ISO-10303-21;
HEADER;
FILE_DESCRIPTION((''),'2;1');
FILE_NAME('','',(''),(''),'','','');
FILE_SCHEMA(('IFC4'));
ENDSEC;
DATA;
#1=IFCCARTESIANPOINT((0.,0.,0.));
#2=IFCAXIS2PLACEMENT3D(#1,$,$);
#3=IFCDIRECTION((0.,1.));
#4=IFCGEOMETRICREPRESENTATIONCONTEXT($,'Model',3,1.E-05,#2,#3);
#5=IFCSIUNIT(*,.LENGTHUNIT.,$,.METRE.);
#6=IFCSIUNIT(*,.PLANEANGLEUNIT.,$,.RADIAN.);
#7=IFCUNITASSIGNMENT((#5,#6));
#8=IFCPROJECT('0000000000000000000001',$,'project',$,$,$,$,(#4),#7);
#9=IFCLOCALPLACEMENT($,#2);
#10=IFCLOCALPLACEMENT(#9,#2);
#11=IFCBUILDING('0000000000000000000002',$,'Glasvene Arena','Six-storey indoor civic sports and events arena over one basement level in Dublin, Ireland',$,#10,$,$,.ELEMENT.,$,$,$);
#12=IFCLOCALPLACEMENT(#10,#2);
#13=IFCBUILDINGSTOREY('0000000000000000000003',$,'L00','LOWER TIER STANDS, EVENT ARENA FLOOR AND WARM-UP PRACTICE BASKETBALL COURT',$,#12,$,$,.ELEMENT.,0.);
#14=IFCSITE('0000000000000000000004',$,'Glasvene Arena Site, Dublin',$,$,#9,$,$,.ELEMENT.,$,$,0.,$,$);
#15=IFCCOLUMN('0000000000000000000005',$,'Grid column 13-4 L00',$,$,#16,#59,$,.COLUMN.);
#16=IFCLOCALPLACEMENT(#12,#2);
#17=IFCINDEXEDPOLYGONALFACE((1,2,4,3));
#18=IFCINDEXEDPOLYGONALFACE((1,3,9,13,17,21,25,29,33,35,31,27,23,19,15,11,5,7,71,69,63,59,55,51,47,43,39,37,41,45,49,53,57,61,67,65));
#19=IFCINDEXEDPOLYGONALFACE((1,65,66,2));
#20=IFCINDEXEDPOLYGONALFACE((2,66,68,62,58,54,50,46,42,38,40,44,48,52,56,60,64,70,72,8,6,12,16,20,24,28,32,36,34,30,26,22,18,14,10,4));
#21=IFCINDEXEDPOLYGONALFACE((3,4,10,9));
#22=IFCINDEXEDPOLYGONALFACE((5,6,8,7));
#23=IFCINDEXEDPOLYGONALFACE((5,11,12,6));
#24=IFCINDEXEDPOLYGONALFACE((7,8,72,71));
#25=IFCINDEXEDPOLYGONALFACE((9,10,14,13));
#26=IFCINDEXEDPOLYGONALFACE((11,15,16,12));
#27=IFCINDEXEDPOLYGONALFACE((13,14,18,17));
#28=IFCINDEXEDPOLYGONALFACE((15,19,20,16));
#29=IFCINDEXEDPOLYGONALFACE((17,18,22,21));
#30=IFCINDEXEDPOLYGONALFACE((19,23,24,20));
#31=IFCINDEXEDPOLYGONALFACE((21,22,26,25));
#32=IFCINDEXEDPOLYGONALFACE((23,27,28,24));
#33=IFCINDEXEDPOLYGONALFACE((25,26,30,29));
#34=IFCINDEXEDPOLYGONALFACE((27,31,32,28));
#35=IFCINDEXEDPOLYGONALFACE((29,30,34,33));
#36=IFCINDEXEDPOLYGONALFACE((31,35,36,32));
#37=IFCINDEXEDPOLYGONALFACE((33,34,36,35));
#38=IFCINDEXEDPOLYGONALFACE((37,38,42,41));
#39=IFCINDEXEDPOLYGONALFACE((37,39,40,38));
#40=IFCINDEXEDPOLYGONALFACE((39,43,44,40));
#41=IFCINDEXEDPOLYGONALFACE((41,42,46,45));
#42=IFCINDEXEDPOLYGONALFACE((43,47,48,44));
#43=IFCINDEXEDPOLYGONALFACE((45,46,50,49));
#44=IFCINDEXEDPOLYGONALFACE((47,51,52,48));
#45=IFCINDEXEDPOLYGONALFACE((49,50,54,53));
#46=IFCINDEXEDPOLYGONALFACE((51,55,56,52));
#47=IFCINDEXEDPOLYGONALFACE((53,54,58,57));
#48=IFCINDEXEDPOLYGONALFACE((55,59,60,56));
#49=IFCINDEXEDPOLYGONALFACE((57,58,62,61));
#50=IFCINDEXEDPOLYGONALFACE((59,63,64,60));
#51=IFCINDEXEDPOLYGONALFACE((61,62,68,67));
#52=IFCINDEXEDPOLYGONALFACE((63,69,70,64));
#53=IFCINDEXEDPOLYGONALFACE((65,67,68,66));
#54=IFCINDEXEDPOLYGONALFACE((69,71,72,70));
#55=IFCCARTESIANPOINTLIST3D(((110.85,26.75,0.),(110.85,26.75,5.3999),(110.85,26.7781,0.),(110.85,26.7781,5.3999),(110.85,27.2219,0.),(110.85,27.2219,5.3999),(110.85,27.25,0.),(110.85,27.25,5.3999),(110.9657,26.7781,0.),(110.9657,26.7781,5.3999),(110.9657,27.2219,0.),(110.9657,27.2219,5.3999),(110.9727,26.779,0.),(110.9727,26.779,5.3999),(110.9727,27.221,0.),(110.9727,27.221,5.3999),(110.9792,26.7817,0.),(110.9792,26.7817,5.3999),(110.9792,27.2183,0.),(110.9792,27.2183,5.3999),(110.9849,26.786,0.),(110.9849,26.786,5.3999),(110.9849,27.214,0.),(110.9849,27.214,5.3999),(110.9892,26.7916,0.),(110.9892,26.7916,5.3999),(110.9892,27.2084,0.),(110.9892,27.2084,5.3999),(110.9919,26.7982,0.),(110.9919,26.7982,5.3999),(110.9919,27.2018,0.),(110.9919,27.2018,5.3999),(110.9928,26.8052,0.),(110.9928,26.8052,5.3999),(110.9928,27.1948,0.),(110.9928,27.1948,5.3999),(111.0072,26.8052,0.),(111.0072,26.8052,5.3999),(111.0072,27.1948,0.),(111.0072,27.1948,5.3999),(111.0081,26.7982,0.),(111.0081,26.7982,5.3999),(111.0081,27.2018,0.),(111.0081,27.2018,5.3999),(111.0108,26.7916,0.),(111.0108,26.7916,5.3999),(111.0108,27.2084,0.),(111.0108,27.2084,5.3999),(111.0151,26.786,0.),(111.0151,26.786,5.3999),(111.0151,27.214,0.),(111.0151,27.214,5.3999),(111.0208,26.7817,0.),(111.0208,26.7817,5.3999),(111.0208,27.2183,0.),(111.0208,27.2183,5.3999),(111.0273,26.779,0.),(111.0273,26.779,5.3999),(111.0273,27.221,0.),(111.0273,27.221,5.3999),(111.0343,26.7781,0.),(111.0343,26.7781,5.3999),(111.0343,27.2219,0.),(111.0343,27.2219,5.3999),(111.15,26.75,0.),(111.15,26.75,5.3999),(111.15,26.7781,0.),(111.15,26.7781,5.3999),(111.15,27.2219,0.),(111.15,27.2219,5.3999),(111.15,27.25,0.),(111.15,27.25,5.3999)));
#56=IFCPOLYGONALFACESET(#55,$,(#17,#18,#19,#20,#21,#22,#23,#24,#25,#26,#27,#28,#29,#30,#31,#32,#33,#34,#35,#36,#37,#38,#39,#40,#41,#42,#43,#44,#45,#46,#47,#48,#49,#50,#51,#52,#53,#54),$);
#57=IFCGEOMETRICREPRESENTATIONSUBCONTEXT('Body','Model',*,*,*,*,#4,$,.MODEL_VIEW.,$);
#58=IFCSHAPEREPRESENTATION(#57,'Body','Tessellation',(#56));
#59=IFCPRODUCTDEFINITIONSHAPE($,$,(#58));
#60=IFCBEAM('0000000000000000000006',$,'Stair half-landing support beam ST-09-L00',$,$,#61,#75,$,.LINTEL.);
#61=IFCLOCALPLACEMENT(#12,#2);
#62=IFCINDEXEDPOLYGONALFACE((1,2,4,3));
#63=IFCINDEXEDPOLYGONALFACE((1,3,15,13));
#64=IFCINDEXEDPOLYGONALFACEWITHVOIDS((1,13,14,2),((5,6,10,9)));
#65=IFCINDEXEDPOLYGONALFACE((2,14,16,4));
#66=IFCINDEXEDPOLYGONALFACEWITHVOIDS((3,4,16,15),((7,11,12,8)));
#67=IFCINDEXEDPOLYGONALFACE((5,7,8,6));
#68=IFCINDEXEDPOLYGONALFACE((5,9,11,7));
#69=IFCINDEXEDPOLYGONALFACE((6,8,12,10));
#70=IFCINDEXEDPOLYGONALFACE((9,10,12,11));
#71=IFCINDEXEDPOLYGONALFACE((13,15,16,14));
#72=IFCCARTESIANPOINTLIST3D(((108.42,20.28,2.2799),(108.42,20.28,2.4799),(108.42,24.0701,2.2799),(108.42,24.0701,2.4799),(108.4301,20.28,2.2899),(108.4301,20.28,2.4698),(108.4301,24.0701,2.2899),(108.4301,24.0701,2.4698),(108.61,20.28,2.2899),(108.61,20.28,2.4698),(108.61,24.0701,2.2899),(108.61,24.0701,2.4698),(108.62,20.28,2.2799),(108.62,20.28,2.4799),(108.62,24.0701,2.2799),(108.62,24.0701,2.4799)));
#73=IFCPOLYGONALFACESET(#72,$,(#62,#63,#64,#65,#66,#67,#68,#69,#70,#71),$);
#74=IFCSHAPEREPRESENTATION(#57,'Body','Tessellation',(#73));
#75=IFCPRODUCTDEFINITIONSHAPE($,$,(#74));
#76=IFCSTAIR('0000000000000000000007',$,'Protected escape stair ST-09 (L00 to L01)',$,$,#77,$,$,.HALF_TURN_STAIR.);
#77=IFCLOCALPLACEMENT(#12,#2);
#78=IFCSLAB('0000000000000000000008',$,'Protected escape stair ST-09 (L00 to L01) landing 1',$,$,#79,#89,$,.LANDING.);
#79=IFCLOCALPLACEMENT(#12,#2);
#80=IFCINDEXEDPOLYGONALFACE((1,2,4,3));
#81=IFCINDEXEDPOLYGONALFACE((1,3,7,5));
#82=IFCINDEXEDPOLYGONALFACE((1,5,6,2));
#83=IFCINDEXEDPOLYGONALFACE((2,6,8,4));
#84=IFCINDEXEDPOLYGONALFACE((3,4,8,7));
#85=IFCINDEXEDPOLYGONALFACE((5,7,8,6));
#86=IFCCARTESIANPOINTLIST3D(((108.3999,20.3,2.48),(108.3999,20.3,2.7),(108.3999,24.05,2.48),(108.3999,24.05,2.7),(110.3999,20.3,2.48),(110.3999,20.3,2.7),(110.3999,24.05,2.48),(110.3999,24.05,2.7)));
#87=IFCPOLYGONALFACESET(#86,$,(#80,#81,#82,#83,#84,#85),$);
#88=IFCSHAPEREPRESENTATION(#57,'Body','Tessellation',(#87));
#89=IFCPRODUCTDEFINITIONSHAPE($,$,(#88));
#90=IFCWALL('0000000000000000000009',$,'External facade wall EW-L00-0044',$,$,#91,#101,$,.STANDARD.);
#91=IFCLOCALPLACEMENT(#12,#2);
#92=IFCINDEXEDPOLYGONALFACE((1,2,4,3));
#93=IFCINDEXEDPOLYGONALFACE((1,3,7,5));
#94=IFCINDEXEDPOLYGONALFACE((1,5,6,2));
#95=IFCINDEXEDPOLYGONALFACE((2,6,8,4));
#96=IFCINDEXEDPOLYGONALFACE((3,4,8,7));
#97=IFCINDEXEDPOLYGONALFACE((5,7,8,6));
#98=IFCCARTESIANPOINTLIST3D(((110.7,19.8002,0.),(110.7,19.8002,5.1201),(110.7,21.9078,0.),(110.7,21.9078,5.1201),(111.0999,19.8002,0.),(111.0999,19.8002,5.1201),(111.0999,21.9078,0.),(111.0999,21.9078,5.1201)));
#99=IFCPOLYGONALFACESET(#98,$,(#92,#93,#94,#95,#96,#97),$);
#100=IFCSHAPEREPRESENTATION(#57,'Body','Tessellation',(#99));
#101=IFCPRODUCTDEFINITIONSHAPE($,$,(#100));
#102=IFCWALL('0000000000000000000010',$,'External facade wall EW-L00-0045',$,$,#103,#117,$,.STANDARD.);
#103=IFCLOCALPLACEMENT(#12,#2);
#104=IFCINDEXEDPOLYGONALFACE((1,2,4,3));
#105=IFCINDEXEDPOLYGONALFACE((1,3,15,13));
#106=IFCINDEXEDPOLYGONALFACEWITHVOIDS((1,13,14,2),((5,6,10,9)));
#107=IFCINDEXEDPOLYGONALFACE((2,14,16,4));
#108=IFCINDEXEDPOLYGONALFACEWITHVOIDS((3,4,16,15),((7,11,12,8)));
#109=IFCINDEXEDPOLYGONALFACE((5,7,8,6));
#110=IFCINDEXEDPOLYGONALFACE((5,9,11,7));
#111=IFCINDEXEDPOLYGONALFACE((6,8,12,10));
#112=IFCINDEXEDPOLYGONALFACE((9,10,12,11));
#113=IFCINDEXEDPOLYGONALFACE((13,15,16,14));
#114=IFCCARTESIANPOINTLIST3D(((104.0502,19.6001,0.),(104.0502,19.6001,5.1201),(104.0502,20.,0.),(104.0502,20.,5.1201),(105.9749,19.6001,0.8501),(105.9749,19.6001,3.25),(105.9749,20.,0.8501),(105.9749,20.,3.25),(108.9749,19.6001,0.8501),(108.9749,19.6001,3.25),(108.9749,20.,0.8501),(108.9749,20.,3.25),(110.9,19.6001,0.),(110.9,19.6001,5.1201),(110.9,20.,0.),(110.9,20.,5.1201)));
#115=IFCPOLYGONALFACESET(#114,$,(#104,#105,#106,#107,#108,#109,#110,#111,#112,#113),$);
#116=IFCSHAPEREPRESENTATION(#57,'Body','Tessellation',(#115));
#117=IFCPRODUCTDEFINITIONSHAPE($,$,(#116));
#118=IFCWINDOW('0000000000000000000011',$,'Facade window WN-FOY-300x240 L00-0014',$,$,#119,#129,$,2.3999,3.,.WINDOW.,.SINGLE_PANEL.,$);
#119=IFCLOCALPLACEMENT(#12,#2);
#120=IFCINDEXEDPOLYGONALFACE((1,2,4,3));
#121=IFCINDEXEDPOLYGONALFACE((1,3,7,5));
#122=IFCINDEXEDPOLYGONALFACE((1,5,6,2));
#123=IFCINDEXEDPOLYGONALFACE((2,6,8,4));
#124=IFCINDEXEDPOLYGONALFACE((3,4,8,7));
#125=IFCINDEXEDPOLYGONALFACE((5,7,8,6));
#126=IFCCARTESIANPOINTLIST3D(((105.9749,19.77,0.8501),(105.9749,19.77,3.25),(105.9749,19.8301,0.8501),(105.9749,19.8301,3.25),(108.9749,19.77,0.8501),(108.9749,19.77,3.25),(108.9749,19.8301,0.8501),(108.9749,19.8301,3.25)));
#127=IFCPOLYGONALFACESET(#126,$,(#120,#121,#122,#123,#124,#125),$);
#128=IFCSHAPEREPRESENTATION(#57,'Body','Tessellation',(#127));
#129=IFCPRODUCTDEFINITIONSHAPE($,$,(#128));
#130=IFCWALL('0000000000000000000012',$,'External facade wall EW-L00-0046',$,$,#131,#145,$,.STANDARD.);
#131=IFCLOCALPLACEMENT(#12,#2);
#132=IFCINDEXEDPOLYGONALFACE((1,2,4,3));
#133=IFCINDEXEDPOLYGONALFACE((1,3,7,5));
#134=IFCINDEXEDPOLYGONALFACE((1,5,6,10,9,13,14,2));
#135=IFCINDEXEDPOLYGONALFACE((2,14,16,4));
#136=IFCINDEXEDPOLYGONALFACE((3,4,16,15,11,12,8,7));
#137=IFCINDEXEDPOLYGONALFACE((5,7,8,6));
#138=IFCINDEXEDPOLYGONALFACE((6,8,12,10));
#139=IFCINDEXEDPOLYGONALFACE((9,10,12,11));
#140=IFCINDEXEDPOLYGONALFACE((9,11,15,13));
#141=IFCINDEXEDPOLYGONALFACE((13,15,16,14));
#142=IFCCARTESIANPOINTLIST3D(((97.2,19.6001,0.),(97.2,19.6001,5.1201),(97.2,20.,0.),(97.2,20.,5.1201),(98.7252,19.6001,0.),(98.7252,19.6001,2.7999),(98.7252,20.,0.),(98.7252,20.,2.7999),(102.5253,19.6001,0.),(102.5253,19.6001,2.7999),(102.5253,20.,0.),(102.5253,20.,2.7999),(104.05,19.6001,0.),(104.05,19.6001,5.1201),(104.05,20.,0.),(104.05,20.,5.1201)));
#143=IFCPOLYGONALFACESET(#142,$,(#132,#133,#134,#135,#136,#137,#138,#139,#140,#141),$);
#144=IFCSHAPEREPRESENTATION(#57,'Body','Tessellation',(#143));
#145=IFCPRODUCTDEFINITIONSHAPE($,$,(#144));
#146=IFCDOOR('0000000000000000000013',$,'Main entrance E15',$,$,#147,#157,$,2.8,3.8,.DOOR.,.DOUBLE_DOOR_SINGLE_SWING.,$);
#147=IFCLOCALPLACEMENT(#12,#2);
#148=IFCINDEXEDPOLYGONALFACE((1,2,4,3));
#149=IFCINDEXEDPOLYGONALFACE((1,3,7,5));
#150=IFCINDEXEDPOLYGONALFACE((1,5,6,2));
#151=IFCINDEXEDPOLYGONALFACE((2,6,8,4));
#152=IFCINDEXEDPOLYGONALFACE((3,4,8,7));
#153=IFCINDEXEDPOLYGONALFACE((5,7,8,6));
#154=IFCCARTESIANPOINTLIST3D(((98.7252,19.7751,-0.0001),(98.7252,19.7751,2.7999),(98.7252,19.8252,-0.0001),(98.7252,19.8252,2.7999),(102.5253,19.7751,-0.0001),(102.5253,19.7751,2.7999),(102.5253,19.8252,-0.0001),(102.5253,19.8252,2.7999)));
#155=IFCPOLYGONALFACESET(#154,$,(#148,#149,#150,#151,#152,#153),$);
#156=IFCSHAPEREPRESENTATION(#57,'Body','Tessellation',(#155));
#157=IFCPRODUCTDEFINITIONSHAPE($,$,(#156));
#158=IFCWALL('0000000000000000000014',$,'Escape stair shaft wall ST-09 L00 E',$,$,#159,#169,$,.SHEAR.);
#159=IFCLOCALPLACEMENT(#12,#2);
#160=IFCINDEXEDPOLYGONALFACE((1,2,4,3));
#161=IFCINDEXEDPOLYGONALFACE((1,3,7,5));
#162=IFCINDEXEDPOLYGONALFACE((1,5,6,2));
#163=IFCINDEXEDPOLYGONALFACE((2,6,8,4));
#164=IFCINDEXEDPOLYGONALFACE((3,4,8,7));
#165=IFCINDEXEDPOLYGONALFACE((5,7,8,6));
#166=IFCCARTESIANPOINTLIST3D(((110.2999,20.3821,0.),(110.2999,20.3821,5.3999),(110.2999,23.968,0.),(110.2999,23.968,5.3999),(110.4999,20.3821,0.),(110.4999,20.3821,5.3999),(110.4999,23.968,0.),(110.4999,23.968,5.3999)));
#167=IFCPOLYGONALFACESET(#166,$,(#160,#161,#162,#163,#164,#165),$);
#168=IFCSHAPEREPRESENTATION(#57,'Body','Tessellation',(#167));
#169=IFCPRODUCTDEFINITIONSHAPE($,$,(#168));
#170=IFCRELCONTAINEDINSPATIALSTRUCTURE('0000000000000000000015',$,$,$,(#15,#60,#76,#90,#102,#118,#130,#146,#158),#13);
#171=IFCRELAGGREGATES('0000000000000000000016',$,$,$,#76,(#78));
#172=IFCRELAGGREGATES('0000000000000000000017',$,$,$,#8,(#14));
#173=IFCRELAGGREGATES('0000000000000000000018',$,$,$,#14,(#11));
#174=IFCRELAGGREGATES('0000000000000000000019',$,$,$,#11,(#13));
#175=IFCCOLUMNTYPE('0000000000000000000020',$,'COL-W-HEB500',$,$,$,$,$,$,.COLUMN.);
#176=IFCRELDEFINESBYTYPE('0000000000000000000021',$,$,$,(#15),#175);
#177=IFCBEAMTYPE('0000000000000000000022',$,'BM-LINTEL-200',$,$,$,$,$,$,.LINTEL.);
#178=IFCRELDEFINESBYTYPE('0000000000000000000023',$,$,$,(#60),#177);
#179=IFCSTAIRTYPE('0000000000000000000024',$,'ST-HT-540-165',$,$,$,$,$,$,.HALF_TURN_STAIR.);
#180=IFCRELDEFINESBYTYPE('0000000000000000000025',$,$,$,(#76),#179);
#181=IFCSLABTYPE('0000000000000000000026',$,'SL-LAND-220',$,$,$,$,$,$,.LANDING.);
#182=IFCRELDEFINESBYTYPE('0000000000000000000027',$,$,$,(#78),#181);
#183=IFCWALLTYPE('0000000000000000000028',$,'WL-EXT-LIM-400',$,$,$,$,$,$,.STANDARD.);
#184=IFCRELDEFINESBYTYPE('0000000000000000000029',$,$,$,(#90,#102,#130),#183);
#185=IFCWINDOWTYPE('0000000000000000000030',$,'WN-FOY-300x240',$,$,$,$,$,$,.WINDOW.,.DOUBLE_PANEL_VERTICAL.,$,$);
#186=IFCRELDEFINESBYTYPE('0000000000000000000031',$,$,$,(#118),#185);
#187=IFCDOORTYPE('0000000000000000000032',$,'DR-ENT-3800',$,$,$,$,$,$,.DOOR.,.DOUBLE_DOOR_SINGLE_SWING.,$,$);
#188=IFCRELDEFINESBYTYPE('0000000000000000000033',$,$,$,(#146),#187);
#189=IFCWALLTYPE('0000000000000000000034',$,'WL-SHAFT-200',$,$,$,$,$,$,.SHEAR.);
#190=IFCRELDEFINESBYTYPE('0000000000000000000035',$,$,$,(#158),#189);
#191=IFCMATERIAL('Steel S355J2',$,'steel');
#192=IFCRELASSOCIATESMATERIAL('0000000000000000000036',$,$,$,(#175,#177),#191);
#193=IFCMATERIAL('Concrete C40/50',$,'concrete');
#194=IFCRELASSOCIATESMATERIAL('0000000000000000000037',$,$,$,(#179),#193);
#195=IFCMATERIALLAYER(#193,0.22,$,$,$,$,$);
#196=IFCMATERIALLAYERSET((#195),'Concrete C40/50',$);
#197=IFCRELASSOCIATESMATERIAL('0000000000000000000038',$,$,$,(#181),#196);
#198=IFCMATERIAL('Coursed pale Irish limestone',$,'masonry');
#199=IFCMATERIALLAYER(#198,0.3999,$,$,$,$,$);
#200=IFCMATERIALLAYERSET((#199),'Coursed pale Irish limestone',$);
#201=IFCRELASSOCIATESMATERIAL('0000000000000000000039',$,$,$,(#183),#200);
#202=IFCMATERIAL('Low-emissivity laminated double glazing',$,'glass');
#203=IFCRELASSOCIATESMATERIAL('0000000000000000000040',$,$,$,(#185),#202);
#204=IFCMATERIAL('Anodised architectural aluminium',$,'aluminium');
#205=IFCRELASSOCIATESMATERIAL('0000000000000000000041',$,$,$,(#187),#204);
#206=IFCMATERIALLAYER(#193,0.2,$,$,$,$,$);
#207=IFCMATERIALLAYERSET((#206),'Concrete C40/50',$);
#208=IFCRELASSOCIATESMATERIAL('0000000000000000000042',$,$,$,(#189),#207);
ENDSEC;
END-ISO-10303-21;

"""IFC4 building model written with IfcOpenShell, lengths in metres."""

from ifc_helpers import new_model, si_unit, direction, frame, frame_2d, origin, origin_2d, place, context, subcontext, project, spatial, polyline, rectangle, hollow_rectangle, i_section, outline, extrude, material, layer, layer_set, material_profile, profile_set, type_object, element, fill, aggregate, save


model = new_model("IFC4")

# Units and contexts
model_context = context("Model", 3, precision=1e-05, world=origin(), true_north=direction((0.0, 1.0)))
body_context = subcontext(model_context, "Body", "Model", "MODEL_VIEW")
ifc_project = project(units=[si_unit("LENGTHUNIT", "METRE"), si_unit("PLANEANGLEUNIT", "RADIAN")], contexts=[model_context])

# Site, building, storey
site_placement = place(None, origin())
site = spatial("IfcSite", under=ifc_project, at=site_placement, Name="Glasvene Arena Site, Dublin", CompositionType="ELEMENT", RefElevation=0.0)
building_placement = place(site_placement, origin())
building = spatial("IfcBuilding", under=site, at=building_placement, Name="Glasvene Arena", Description="Six-storey indoor civic sports and events arena over one basement level in Dublin, Ireland", CompositionType="ELEMENT")
storey_placement = place(building_placement, origin())
storey = spatial("IfcBuildingStorey", under=building, at=storey_placement, Name="L00", Description="LOWER TIER STANDS, EVENT ARENA FLOOR AND WARM-UP PRACTICE BASKETBALL COURT", CompositionType="ELEMENT", Elevation=0.0)

# Column
ifc_material_1 = material(Name="Steel S355J2", Category="steel")
ifc_material_profile_1 = material_profile(ifc_material_1, i_section(OverallWidth=0.3, OverallDepth=0.5, WebThickness=0.0144, FlangeThickness=0.0281, FilletRadius=0.0271, at=origin_2d()), Name="HEB 500")
ifc_profile_set_1 = profile_set([ifc_material_profile_1], Name="Steel S355J2")
column_type = type_object("IfcColumnType", Name="COL-W-HEB500", PredefinedType="COLUMN", material=ifc_profile_set_1)
column_placement = place(storey_placement, frame((111.0, 27.0, 0.0), z_axis=(0.0, 0.0, 1.0), x_axis=(1.0, 0.0, 0.0)))
element("IfcColumn", 1, at=column_placement, inside=storey, type_object=column_type, Name="Grid column 13-4 L00", PredefinedType="COLUMN", context=body_context, shape_type="SweptSolid", body=[
    extrude(i_section(OverallWidth=0.3, OverallDepth=0.5, WebThickness=0.0144, FlangeThickness=0.0281, FilletRadius=0.0271, at=origin_2d()), origin(), (0.0, 0.0, 1.0), 5.3999),
])

# Beam
ifc_material_profile_2 = material_profile(ifc_material_1, hollow_rectangle(XDim=0.2, YDim=0.2, WallThickness=0.01, at=origin_2d()), Name="SHS 200x200x10.0")
ifc_profile_set_2 = profile_set([ifc_material_profile_2], Name="Steel S355J2")
beam_type = type_object("IfcBeamType", Name="BM-LINTEL-200", PredefinedType="LINTEL", material=ifc_profile_set_2)
beam_placement = place(storey_placement, frame((108.52, 20.28, 2.3799), z_axis=(0.0, 1.0, 0.0), x_axis=(-1.0, 0.0, 0.0)))
element("IfcBeam", 2, at=beam_placement, inside=storey, type_object=beam_type, Name="Stair half-landing support beam ST-09-L00", PredefinedType="LINTEL", context=body_context, shape_type="SweptSolid", body=[
    extrude(hollow_rectangle(XDim=0.2, YDim=0.2, WallThickness=0.01, at=origin_2d()), origin(), (0.0, 0.0, 1.0), 3.79),
])

# Stair, slab
ifc_material_2 = material(Name="Concrete C40/50", Category="concrete")
stair_type = type_object("IfcStairType", Name="ST-HT-540-165", PredefinedType="HALF_TURN_STAIR", material=ifc_material_2)
stair_placement = place(storey_placement, origin())
stair = element("IfcStair", 3, at=stair_placement, inside=storey, type_object=stair_type, Name="Protected escape stair ST-09 (L00 to L01)", PredefinedType="HALF_TURN_STAIR")
ifc_layer_1 = layer(ifc_material_2, 0.22)
ifc_layer_set_1 = layer_set([ifc_layer_1], Name="Concrete C40/50")
slab_type = type_object("IfcSlabType", Name="SL-LAND-220", PredefinedType="LANDING", material=ifc_layer_set_1)
slab_placement = place(storey_placement, frame((109.3999, 22.175, 2.48)))
slab = element("IfcSlab", 4, at=slab_placement, type_object=slab_type, Name="Protected escape stair ST-09 (L00 to L01) landing 1", PredefinedType="LANDING", context=body_context, shape_type="SweptSolid", body=[
    extrude(outline(polyline([(-1.0, -1.875), (1.0, -1.875), (1.0, 1.875), (-1.0, 1.875), (-1.0, -1.875)])), origin(), (0.0, 0.0, 1.0), 0.22),
])

# Wall
ifc_material_3 = material(Name="Coursed pale Irish limestone", Category="masonry")
ifc_layer_2 = layer(ifc_material_3, 0.3999)
ifc_layer_set_2 = layer_set([ifc_layer_2], Name="Coursed pale Irish limestone")
wall_type_1 = type_object("IfcWallType", Name="WL-EXT-LIM-400", PredefinedType="STANDARD", material=ifc_layer_set_2)
wall_1_placement = place(storey_placement, frame((110.8999, 21.9077, 0.0), z_axis=(0.0, 0.0, 1.0), x_axis=(0.0, -1.0, 0.0)))
element("IfcWall", 5, at=wall_1_placement, inside=storey, type_object=wall_type_1, Name="External facade wall EW-L00-0044", PredefinedType="STANDARD", context=body_context, shape_type="SweptSolid", body=[
    extrude(rectangle(XDim=2.1077, YDim=0.3999, at=frame_2d((1.0537, 0.0))), origin(), (0.0, 0.0, 1.0), 5.1201),
])

# Wall, opening, window
wall_2_placement = place(storey_placement, frame((110.8999, 19.8, 0.0), z_axis=(0.0, 0.0, 1.0), x_axis=(-1.0, 0.0, 0.0)))
wall_2 = element("IfcWall", 6, at=wall_2_placement, inside=storey, type_object=wall_type_1, Name="External facade wall EW-L00-0045", PredefinedType="STANDARD", context=body_context, shape_type="SweptSolid", body=[
    extrude(rectangle(XDim=6.8499, YDim=0.3999, at=frame_2d((3.4248, 0.0))), origin(), (0.0, 0.0, 1.0), 5.1201),
])
opening_1_placement = place(wall_2_placement, frame((1.925, 0.0, 0.8501)))
opening_1 = element("IfcOpeningElement", 7, at=opening_1_placement, cuts=wall_2, PredefinedType="OPENING", context=body_context, shape_type="SweptSolid", body=[
    extrude(rectangle(XDim=3.0, YDim=2.3999, at=frame_2d((1.5, 1.2))), frame((0.0, 0.21, 0.0), z_axis=(0.0, -1.0, 0.0), x_axis=(1.0, 0.0, 0.0)), (0.0, 0.0, 1.0), 0.4199),
])
ifc_material_4 = material(Name="Low-emissivity laminated double glazing", Category="glass")
window_type = type_object("IfcWindowType", Name="WN-FOY-300x240", PartitioningType="DOUBLE_PANEL_VERTICAL", PredefinedType="WINDOW", material=ifc_material_4)
window_placement = place(opening_1_placement, origin())
window = element("IfcWindow", 8, at=window_placement, inside=storey, type_object=window_type, Name="Facade window WN-FOY-300x240 L00-0014", OverallHeight=2.3999, OverallWidth=3.0, PartitioningType="SINGLE_PANEL", PredefinedType="WINDOW", context=body_context, shape_type="SweptSolid", body=[
    extrude(rectangle(XDim=3.0, YDim=2.3999, at=frame_2d((1.5, 1.2))), frame((0.0, 0.03, 0.0), z_axis=(0.0, -1.0, 0.0), x_axis=(1.0, 0.0, 0.0)), (0.0, 0.0, 1.0), 0.0601),
])
fill(opening_1, window)

# Wall, opening, door
wall_3_placement = place(storey_placement, frame((104.05, 19.8, 0.0), z_axis=(0.0, 0.0, 1.0), x_axis=(-1.0, 0.0, 0.0)))
wall_3 = element("IfcWall", 9, at=wall_3_placement, inside=storey, type_object=wall_type_1, Name="External facade wall EW-L00-0046", PredefinedType="STANDARD", context=body_context, shape_type="SweptSolid", body=[
    extrude(rectangle(XDim=6.8501, YDim=0.3999, at=frame_2d((3.425, 0.0))), origin(), (0.0, 0.0, 1.0), 5.1201),
])
opening_2_placement = place(wall_3_placement, frame((1.5249, 0.0, 0.0)))
opening_2 = element("IfcOpeningElement", 10, at=opening_2_placement, cuts=wall_3, PredefinedType="OPENING", context=body_context, shape_type="SweptSolid", body=[
    extrude(rectangle(XDim=3.8, YDim=2.8, at=frame_2d((1.8999, 1.3999))), frame((0.0, 0.21, 0.0), z_axis=(0.0, -1.0, 0.0), x_axis=(1.0, 0.0, 0.0)), (0.0, 0.0, 1.0), 0.4199),
])
ifc_material_5 = material(Name="Anodised architectural aluminium", Category="aluminium")
door_type_1 = type_object("IfcDoorType", Name="DR-ENT-3800", OperationType="DOUBLE_DOOR_SINGLE_SWING", PredefinedType="DOOR", material=ifc_material_5)
door_1_placement = place(opening_2_placement, origin())
door_1 = element("IfcDoor", 11, at=door_1_placement, inside=storey, type_object=door_type_1, Name="Main entrance E15", OperationType="DOUBLE_DOOR_SINGLE_SWING", OverallHeight=2.8, OverallWidth=3.8, PredefinedType="DOOR", context=body_context, shape_type="SweptSolid", body=[
    extrude(rectangle(XDim=3.8, YDim=2.8, at=frame_2d((1.8999, 1.3999))), frame((0.0, 0.0249, 0.0), z_axis=(0.0, -1.0, 0.0), x_axis=(1.0, 0.0, 0.0)), (0.0, 0.0, 1.0), 0.05),
])
fill(opening_2, door_1)
ifc_layer_3 = layer(ifc_material_2, 0.2)
ifc_layer_set_3 = layer_set([ifc_layer_3], Name="Concrete C40/50")
wall_type_2 = type_object("IfcWallType", Name="WL-SHAFT-200", PredefinedType="SHEAR", material=ifc_layer_set_3)

# Wall
wall_4_placement = place(storey_placement, frame((110.3999, 20.3821, 0.0), z_axis=(0.0, 0.0, 1.0), x_axis=(0.0, 1.0, 0.0)))
element("IfcWall", 12, at=wall_4_placement, inside=storey, type_object=wall_type_2, Name="Escape stair shaft wall ST-09 L00 E", PredefinedType="SHEAR", context=body_context, shape_type="SweptSolid", body=[
    extrude(rectangle(XDim=3.5859, YDim=0.2, at=frame_2d((1.793, 0.0))), origin(), (0.0, 0.0, 1.0), 5.3999),
])

aggregate(stair, [slab])

save(model, "model.ifc")
